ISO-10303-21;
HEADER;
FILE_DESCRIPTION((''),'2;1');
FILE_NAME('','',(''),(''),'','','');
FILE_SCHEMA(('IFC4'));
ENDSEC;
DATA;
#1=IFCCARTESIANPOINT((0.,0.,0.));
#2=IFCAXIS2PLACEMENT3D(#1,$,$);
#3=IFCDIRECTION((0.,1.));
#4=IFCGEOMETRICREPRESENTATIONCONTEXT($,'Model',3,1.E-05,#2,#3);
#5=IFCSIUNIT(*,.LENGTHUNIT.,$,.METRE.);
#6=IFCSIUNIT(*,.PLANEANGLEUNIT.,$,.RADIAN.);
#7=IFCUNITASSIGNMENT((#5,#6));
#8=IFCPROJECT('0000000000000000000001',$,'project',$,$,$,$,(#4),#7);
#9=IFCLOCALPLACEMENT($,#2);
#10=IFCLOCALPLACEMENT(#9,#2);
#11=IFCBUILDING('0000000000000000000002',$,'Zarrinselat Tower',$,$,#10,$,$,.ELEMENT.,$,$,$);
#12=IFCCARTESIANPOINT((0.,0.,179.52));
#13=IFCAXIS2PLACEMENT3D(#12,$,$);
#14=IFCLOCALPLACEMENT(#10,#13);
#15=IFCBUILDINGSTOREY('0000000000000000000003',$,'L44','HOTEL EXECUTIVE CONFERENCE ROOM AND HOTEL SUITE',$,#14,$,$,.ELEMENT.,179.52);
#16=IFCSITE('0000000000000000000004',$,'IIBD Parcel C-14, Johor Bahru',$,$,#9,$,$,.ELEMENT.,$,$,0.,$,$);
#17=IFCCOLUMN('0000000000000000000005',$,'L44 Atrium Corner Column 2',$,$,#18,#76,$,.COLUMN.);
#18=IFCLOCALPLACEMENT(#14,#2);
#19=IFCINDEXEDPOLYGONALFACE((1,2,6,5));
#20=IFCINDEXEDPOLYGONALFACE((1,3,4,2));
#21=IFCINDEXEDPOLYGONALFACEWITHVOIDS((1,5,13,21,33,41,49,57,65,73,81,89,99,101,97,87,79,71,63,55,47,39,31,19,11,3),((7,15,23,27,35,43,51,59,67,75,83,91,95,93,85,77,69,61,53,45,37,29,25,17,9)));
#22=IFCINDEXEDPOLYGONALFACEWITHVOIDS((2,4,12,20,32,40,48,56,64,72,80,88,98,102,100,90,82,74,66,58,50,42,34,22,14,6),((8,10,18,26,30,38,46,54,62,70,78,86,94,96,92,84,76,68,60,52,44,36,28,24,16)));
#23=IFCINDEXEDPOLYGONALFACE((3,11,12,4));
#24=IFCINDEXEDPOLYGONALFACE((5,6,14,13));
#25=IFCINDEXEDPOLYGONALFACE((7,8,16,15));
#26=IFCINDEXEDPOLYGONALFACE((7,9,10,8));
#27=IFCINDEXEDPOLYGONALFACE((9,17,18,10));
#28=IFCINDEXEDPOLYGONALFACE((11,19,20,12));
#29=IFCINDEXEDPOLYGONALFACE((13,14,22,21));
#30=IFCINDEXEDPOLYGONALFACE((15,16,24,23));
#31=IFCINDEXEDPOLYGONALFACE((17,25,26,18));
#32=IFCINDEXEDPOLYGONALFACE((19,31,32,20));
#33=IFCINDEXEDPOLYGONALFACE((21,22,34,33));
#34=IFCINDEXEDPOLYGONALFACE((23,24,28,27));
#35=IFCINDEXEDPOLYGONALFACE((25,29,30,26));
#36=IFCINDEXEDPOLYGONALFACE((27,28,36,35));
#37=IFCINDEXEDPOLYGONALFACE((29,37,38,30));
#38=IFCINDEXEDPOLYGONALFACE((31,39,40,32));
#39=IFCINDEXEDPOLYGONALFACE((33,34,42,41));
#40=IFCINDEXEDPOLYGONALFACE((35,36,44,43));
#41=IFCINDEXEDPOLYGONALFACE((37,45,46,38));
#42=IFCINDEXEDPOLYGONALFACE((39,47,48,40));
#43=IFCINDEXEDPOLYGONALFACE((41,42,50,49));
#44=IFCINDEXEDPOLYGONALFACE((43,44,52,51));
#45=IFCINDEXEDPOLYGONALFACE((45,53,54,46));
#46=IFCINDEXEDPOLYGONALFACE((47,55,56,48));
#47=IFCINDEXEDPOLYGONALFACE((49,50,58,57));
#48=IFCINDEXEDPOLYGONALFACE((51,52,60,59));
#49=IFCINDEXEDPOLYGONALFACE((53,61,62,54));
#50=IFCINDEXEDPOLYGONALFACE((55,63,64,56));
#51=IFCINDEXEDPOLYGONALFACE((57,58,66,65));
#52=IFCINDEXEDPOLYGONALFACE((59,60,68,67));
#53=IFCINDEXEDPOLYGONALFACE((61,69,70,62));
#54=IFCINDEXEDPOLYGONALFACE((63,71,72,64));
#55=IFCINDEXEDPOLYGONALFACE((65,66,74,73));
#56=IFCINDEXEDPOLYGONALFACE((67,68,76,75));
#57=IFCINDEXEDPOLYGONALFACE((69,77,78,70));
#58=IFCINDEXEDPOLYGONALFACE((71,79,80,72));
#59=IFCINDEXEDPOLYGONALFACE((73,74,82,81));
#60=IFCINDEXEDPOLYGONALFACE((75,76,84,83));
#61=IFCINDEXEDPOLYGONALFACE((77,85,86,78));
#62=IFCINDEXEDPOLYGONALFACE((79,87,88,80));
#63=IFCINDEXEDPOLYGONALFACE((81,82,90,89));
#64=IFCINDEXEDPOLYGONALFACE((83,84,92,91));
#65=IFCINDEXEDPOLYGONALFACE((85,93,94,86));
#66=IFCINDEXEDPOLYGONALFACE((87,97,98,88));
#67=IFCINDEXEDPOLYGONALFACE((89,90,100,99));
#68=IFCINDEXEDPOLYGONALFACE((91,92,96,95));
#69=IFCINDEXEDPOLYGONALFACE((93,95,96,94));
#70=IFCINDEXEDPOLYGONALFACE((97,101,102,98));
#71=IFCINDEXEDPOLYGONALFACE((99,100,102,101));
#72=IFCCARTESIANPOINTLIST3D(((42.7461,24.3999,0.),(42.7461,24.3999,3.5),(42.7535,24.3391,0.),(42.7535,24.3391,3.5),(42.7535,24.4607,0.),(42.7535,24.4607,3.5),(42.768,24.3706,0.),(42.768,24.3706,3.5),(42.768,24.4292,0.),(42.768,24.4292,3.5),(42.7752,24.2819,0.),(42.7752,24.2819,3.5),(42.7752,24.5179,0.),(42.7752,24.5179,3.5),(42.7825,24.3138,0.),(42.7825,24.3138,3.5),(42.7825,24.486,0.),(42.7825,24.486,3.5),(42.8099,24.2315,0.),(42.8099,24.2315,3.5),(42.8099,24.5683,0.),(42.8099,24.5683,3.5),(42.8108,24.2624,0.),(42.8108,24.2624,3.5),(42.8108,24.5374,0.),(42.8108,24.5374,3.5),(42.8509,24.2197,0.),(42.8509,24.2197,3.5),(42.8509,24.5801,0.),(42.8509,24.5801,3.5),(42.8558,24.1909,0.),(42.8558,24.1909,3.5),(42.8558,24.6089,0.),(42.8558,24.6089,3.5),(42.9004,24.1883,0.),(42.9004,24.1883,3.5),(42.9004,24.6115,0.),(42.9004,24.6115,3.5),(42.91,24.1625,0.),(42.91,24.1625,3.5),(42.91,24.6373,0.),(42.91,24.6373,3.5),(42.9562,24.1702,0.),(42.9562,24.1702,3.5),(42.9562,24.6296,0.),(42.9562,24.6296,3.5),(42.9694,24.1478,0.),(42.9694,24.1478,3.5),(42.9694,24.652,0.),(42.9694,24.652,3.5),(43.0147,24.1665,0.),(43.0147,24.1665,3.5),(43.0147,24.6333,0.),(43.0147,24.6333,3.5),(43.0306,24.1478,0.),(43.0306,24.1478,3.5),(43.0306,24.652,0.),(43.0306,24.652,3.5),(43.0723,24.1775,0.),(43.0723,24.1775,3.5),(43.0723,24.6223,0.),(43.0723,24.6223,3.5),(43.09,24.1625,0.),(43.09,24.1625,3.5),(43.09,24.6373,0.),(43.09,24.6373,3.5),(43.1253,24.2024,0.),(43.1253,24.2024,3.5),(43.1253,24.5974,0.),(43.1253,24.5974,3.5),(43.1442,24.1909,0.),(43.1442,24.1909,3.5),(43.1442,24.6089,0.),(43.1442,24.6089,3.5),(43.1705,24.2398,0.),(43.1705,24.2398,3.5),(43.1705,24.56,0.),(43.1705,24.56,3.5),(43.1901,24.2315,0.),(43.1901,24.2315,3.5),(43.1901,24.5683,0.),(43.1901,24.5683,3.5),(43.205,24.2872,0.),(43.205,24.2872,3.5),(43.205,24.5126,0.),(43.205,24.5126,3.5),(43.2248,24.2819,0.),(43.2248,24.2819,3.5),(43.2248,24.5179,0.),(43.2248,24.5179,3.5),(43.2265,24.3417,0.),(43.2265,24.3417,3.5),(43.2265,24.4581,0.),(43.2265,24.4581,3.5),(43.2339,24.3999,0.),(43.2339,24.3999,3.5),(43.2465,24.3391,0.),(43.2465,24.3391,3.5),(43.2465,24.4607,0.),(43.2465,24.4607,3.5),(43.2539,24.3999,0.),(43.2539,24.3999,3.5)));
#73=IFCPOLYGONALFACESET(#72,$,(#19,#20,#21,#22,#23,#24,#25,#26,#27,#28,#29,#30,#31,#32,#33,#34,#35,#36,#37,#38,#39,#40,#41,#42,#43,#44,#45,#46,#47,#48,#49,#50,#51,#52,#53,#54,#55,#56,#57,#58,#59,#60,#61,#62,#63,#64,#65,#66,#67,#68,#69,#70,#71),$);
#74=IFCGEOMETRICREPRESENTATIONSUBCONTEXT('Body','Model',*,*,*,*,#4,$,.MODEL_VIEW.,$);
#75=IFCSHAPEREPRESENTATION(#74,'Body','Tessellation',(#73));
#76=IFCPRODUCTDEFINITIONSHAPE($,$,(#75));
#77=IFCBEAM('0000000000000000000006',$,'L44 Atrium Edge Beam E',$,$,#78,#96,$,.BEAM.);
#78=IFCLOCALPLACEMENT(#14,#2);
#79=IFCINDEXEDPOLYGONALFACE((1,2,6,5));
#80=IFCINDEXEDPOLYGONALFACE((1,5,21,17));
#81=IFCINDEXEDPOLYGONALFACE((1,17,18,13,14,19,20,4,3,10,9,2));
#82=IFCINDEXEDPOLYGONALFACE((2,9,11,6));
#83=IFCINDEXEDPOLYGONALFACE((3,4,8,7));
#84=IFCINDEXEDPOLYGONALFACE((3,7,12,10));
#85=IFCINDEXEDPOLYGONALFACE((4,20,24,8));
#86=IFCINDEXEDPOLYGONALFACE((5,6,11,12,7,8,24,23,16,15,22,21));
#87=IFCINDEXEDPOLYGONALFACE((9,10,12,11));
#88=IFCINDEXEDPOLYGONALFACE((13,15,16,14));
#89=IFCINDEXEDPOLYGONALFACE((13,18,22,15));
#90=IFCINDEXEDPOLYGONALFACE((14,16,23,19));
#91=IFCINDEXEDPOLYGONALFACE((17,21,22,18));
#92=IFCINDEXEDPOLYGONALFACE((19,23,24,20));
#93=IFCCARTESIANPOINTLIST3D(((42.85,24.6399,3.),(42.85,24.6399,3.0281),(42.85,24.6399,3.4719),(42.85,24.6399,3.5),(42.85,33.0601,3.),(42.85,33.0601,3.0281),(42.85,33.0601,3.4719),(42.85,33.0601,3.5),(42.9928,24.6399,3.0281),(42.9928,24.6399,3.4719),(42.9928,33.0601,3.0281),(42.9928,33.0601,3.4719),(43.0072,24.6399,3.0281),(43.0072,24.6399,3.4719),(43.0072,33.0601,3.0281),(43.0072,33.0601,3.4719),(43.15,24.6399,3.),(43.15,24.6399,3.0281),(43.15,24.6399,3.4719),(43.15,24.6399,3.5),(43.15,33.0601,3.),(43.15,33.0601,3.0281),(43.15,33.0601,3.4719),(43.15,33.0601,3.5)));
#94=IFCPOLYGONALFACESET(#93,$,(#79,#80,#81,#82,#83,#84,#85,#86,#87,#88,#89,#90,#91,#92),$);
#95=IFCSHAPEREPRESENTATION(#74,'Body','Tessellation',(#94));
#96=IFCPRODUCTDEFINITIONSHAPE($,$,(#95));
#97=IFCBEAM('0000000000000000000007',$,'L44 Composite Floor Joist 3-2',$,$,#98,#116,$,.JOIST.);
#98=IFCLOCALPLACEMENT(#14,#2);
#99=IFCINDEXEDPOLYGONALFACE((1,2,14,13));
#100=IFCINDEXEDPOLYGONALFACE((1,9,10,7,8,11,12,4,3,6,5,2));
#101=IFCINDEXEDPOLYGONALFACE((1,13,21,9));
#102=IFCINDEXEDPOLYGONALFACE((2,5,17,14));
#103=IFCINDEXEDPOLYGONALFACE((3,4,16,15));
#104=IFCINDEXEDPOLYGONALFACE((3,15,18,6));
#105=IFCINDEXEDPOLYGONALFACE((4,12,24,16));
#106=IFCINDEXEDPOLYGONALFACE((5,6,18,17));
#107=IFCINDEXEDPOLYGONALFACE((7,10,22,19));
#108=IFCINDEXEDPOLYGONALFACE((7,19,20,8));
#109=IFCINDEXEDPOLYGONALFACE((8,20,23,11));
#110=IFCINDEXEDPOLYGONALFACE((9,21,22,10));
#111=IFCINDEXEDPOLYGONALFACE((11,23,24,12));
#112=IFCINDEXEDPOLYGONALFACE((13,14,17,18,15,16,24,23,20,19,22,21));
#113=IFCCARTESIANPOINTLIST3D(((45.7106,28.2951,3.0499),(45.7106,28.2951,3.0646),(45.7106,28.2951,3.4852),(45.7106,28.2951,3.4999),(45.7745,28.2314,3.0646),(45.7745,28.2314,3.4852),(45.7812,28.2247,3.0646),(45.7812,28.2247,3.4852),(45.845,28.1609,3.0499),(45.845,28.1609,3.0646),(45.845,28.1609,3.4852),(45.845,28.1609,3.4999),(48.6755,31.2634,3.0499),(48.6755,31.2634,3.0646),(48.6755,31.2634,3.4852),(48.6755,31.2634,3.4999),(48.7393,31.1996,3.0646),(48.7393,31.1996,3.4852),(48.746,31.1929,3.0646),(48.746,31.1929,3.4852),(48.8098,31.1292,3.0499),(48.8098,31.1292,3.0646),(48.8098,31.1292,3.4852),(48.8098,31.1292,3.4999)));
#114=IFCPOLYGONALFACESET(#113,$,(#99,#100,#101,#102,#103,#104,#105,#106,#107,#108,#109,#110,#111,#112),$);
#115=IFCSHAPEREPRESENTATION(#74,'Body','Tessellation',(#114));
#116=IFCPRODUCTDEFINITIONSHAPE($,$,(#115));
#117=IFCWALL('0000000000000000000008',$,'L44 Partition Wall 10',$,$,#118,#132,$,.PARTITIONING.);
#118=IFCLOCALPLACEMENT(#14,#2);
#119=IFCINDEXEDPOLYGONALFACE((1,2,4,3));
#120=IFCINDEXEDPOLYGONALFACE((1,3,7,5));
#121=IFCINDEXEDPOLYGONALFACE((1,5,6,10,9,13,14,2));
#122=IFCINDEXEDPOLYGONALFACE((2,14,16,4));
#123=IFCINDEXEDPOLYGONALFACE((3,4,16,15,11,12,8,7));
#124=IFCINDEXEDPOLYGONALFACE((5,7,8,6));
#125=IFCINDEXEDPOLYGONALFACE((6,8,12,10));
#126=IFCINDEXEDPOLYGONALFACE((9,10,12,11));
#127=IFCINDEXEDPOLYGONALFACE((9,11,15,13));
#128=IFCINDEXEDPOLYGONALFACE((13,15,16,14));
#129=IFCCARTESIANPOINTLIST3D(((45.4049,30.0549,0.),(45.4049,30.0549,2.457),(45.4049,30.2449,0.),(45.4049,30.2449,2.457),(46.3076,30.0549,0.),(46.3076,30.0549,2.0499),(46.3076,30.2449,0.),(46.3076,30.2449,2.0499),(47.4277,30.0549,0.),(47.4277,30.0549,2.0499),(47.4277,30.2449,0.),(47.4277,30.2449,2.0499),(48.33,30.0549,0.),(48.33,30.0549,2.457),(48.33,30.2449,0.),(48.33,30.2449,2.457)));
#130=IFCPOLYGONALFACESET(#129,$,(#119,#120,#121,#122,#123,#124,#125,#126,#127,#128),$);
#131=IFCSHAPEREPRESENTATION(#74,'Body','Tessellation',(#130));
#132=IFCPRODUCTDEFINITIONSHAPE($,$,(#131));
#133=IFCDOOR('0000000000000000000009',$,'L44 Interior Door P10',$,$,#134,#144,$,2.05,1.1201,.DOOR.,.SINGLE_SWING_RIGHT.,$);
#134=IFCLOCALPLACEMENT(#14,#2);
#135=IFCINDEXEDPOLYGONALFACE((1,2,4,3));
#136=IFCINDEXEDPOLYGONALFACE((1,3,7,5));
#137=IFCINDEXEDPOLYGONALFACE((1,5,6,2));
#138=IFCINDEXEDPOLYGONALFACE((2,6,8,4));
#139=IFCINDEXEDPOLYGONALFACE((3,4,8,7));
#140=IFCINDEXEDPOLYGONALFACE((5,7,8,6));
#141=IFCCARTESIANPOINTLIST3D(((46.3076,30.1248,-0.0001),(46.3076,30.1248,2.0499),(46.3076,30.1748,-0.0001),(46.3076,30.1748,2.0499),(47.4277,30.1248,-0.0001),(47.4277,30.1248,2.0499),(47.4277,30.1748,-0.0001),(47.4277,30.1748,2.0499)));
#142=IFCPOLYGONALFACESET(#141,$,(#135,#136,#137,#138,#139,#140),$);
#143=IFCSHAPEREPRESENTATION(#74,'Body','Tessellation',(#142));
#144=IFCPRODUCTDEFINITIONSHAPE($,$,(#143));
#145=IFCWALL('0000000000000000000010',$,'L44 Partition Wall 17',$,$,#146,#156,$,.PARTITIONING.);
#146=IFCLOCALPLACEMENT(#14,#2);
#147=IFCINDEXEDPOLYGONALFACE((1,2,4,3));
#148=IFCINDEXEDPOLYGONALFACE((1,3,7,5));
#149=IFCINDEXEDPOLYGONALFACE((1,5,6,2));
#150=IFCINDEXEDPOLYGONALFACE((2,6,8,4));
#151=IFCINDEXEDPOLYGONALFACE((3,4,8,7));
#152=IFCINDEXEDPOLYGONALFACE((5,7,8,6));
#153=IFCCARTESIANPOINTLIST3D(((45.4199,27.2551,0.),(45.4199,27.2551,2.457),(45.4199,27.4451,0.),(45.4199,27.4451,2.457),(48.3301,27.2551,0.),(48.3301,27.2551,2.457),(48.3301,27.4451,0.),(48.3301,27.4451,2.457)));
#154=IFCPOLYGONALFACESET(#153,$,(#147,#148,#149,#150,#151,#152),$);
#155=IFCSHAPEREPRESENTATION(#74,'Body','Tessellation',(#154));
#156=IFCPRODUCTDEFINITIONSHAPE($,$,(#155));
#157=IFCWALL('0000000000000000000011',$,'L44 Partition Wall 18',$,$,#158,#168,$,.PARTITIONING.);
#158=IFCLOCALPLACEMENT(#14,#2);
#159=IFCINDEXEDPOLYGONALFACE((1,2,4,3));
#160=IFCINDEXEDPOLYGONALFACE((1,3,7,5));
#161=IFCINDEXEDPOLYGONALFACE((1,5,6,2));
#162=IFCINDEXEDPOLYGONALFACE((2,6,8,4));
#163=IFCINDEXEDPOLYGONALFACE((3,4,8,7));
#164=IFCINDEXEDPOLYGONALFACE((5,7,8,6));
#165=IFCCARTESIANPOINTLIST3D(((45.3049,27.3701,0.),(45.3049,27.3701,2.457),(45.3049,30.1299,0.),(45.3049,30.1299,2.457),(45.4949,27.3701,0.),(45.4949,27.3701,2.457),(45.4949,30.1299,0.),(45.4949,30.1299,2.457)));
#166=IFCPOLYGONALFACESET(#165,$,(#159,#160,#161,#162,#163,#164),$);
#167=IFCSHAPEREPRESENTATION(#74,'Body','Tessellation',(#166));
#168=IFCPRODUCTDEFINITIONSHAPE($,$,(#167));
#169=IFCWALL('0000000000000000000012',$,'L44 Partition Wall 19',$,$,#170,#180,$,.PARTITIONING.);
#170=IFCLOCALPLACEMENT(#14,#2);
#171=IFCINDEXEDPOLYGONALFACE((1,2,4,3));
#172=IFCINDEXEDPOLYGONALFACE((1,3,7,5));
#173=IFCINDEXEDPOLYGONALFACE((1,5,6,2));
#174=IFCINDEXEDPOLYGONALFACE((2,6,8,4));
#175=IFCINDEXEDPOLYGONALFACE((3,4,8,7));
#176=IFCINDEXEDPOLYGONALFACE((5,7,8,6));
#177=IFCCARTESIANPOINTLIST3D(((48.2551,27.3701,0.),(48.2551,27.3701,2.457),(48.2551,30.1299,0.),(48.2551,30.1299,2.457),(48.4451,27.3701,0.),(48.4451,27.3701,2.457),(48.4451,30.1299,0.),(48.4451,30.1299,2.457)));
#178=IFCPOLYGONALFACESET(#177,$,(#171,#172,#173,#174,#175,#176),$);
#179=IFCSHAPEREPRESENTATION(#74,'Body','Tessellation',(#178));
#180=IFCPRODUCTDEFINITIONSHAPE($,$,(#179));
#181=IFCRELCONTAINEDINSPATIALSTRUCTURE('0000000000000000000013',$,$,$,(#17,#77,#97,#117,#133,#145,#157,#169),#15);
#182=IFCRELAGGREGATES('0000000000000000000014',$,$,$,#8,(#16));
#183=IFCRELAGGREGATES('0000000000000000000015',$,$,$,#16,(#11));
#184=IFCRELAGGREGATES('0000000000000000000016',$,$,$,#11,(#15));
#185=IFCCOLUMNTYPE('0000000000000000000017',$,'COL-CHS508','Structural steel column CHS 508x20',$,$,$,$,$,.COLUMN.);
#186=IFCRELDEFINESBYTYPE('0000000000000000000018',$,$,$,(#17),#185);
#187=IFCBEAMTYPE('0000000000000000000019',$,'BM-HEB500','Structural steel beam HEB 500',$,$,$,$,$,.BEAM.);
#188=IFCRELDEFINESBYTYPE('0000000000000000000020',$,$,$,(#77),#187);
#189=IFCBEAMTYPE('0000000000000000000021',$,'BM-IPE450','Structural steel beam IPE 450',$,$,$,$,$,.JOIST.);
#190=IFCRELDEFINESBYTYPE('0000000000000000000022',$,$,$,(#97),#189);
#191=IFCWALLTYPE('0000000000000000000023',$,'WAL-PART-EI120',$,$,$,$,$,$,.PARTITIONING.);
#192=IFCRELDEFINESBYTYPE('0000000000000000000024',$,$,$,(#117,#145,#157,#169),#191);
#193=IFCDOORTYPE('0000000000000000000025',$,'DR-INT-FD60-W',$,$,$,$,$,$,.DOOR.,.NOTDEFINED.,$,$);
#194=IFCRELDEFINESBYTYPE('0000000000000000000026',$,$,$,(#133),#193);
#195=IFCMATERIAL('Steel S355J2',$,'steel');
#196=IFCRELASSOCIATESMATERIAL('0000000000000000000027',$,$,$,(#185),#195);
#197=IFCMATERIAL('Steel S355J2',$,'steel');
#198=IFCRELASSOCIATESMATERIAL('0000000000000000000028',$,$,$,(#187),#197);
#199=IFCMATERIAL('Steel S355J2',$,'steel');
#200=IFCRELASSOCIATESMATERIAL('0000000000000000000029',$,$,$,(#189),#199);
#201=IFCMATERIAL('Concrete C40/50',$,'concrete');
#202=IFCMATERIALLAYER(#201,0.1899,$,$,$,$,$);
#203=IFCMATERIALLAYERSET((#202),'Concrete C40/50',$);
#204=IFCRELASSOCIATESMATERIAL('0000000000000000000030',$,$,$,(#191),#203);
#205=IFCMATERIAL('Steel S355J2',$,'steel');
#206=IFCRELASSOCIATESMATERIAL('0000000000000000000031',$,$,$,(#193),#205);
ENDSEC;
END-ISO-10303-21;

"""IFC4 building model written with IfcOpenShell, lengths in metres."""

from ifc_helpers import new_model, si_unit, direction, frame, frame_2d, origin, origin_2d, place, context, subcontext, project, spatial, rectangle, hollow_circle, i_section, extrude, material, layer, layer_set, material_profile, profile_set, type_object, element, fill, save


model = new_model("IFC4")

# Units and contexts
model_context = context("Model", 3, precision=1e-05, world=origin(), true_north=direction((0.0, 1.0)))
body_context = subcontext(model_context, "Body", "Model", "MODEL_VIEW")
ifc_project = project(units=[si_unit("LENGTHUNIT", "METRE"), si_unit("PLANEANGLEUNIT", "RADIAN")], contexts=[model_context])

# Site, building, storey
site_placement = place(None, origin())
site = spatial("IfcSite", under=ifc_project, at=site_placement, Name="IIBD Parcel C-14, Johor Bahru", CompositionType="ELEMENT", RefElevation=0.0)
building_placement = place(site_placement, origin())
building = spatial("IfcBuilding", under=site, at=building_placement, Name="Zarrinselat Tower", CompositionType="ELEMENT")
storey_placement = place(building_placement, frame((0.0, 0.0, 179.52)))
storey = spatial("IfcBuildingStorey", under=building, at=storey_placement, Name="L44", Description="HOTEL EXECUTIVE CONFERENCE ROOM AND HOTEL SUITE", CompositionType="ELEMENT", Elevation=179.52)

# Column
ifc_material_1 = material(Name="Steel S355J2", Category="steel")
ifc_material_profile_1 = material_profile(ifc_material_1, hollow_circle(Radius=0.2539, WallThickness=0.02, at=origin_2d()), Name="CHS 508x20")
ifc_profile_set_1 = profile_set([ifc_material_profile_1], Name="Steel S355J2")
column_type = type_object("IfcColumnType", Name="COL-CHS508", Description="Structural steel column CHS 508x20", PredefinedType="COLUMN", material=ifc_profile_set_1)
column_placement = place(storey_placement, frame((43.0, 24.3999, 0.0), z_axis=(0.0, 0.0, 1.0), x_axis=(1.0, 0.0, 0.0)))
element("IfcColumn", 1, at=column_placement, inside=storey, type_object=column_type, Name="L44 Atrium Corner Column 2", PredefinedType="COLUMN", context=body_context, shape_type="SweptSolid", body=[
    extrude(hollow_circle(Radius=0.2539, WallThickness=0.02, at=origin_2d()), origin(), (0.0, 0.0, 1.0), 3.5),
])

# Beams
ifc_material_2 = material(Name="Steel S355J2", Category="steel")
ifc_material_profile_2 = material_profile(ifc_material_2, i_section(OverallWidth=0.3, OverallDepth=0.5, WebThickness=0.0144, FlangeThickness=0.0281, at=origin_2d()), Name="HEB 500")
ifc_profile_set_2 = profile_set([ifc_material_profile_2], Name="Steel S355J2")
beam_type_1 = type_object("IfcBeamType", Name="BM-HEB500", Description="Structural steel beam HEB 500", PredefinedType="BEAM", material=ifc_profile_set_2)
beam_1_placement = place(storey_placement, frame((43.0, 24.6399, 3.25), z_axis=(0.0, 1.0, 0.0), x_axis=(-1.0, 0.0, 0.0)))
element("IfcBeam", 2, at=beam_1_placement, inside=storey, type_object=beam_type_1, Name="L44 Atrium Edge Beam E", PredefinedType="BEAM", context=body_context, shape_type="SweptSolid", body=[
    extrude(i_section(OverallWidth=0.3, OverallDepth=0.5, WebThickness=0.0144, FlangeThickness=0.0281, at=origin_2d()), origin(), (0.0, 0.0, 1.0), 8.4202),
])
ifc_material_3 = material(Name="Steel S355J2", Category="steel")
ifc_material_profile_3 = material_profile(ifc_material_3, i_section(OverallWidth=0.1899, OverallDepth=0.45, WebThickness=0.0095, FlangeThickness=0.0146, at=origin_2d()), Name="IPE 450")
ifc_profile_set_3 = profile_set([ifc_material_profile_3], Name="Steel S355J2")
beam_type_2 = type_object("IfcBeamType", Name="BM-IPE450", Description="Structural steel beam IPE 450", PredefinedType="JOIST", material=ifc_profile_set_3)
beam_2_placement = place(storey_placement, frame((45.7778, 28.228, 3.2749), z_axis=(0.706699, 0.707514, 0.0), x_axis=(-0.707514, 0.706699, 0.0)))
element("IfcBeam", 3, at=beam_2_placement, inside=storey, type_object=beam_type_2, Name="L44 Composite Floor Joist 3-2", PredefinedType="JOIST", context=body_context, shape_type="SweptSolid", body=[
    extrude(i_section(OverallWidth=0.1899, OverallDepth=0.45, WebThickness=0.0095, FlangeThickness=0.0146, at=origin_2d()), origin(), (0.0, 0.0, 1.0), 4.1953),
])

# Wall, opening, door
ifc_material_4 = material(Name="Concrete C40/50", Category="concrete")
ifc_layer_1 = layer(ifc_material_4, 0.1899)
ifc_layer_set_1 = layer_set([ifc_layer_1], Name="Concrete C40/50")
wall_type_1 = type_object("IfcWallType", Name="WAL-PART-EI120", PredefinedType="PARTITIONING", material=ifc_layer_set_1)
wall_1_placement = place(storey_placement, frame((45.405, 30.1499, 0.0), z_axis=(0.0, 0.0, 1.0), x_axis=(1.0, 0.0, 0.0)))
wall_1 = element("IfcWall", 4, at=wall_1_placement, inside=storey, type_object=wall_type_1, Name="L44 Partition Wall 10", PredefinedType="PARTITIONING", context=body_context, shape_type="SweptSolid", body=[
    extrude(rectangle(XDim=2.925, YDim=0.1899, at=frame_2d((1.4624, 0.0))), origin(), (0.0, 0.0, 1.0), 2.457),
])
opening_1_placement = place(wall_1_placement, frame((0.9026, 0.0, 0.0)))
opening_1 = element("IfcOpeningElement", 5, at=opening_1_placement, cuts=wall_1, PredefinedType="OPENING", context=body_context, shape_type="SweptSolid", body=[
    extrude(rectangle(XDim=1.1201, YDim=2.05, at=frame_2d((0.5601, 1.0249))), frame((0.0, 0.105, 0.0), z_axis=(0.0, -1.0, 0.0), x_axis=(1.0, 0.0, 0.0)), (0.0, 0.0, 1.0), 0.21),
])
ifc_material_5 = material(Name="Steel S355J2", Category="steel")
door_type_1 = type_object("IfcDoorType", Name="DR-INT-FD60-W", OperationType="NOTDEFINED", PredefinedType="DOOR", material=ifc_material_5)
door_1_placement = place(opening_1_placement, origin())
door_1 = element("IfcDoor", 6, at=door_1_placement, inside=storey, type_object=door_type_1, Name="L44 Interior Door P10", OperationType="SINGLE_SWING_RIGHT", OverallHeight=2.05, OverallWidth=1.1201, PredefinedType="DOOR", context=body_context, shape_type="SweptSolid", body=[
    extrude(rectangle(XDim=1.1201, YDim=2.05, at=frame_2d((0.5601, 1.0249))), frame((0.0, 0.0249, 0.0), z_axis=(0.0, -1.0, 0.0), x_axis=(1.0, 0.0, 0.0)), (0.0, 0.0, 1.0), 0.05),
])
fill(opening_1, door_1)

# Walls
wall_2_placement = place(storey_placement, frame((45.4199, 27.3501, 0.0), z_axis=(0.0, 0.0, 1.0), x_axis=(1.0, 0.0, 0.0)))
element("IfcWall", 7, at=wall_2_placement, inside=storey, type_object=wall_type_1, Name="L44 Partition Wall 17", PredefinedType="PARTITIONING", context=body_context, shape_type="SweptSolid", body=[
    extrude(rectangle(XDim=2.9102, YDim=0.1899, at=frame_2d((1.4551, 0.0))), origin(), (0.0, 0.0, 1.0), 2.457),
])
for number, where, z_axis, x_axis, name in (
    (8, (45.3999, 27.3701, 0.0), (0.0, 0.0, 1.0), (0.0, 1.0, 0.0), "L44 Partition Wall 18"),
    (9, (48.3501, 27.3701, 0.0), (0.0, 0.0, 1.0), (0.0, 1.0, 0.0), "L44 Partition Wall 19"),
):
    element("IfcWall", number, at=place(storey_placement, frame(where, z_axis=z_axis, x_axis=x_axis)), inside=storey, type_object=wall_type_1, Name=name, PredefinedType="PARTITIONING", context=body_context, shape_type="SweptSolid", body=[
        extrude(rectangle(XDim=2.7598, YDim=0.1899, at=frame_2d((1.3799, 0.0))), origin(), (0.0, 0.0, 1.0), 2.457),
    ])

save(model, "model.ifc")
